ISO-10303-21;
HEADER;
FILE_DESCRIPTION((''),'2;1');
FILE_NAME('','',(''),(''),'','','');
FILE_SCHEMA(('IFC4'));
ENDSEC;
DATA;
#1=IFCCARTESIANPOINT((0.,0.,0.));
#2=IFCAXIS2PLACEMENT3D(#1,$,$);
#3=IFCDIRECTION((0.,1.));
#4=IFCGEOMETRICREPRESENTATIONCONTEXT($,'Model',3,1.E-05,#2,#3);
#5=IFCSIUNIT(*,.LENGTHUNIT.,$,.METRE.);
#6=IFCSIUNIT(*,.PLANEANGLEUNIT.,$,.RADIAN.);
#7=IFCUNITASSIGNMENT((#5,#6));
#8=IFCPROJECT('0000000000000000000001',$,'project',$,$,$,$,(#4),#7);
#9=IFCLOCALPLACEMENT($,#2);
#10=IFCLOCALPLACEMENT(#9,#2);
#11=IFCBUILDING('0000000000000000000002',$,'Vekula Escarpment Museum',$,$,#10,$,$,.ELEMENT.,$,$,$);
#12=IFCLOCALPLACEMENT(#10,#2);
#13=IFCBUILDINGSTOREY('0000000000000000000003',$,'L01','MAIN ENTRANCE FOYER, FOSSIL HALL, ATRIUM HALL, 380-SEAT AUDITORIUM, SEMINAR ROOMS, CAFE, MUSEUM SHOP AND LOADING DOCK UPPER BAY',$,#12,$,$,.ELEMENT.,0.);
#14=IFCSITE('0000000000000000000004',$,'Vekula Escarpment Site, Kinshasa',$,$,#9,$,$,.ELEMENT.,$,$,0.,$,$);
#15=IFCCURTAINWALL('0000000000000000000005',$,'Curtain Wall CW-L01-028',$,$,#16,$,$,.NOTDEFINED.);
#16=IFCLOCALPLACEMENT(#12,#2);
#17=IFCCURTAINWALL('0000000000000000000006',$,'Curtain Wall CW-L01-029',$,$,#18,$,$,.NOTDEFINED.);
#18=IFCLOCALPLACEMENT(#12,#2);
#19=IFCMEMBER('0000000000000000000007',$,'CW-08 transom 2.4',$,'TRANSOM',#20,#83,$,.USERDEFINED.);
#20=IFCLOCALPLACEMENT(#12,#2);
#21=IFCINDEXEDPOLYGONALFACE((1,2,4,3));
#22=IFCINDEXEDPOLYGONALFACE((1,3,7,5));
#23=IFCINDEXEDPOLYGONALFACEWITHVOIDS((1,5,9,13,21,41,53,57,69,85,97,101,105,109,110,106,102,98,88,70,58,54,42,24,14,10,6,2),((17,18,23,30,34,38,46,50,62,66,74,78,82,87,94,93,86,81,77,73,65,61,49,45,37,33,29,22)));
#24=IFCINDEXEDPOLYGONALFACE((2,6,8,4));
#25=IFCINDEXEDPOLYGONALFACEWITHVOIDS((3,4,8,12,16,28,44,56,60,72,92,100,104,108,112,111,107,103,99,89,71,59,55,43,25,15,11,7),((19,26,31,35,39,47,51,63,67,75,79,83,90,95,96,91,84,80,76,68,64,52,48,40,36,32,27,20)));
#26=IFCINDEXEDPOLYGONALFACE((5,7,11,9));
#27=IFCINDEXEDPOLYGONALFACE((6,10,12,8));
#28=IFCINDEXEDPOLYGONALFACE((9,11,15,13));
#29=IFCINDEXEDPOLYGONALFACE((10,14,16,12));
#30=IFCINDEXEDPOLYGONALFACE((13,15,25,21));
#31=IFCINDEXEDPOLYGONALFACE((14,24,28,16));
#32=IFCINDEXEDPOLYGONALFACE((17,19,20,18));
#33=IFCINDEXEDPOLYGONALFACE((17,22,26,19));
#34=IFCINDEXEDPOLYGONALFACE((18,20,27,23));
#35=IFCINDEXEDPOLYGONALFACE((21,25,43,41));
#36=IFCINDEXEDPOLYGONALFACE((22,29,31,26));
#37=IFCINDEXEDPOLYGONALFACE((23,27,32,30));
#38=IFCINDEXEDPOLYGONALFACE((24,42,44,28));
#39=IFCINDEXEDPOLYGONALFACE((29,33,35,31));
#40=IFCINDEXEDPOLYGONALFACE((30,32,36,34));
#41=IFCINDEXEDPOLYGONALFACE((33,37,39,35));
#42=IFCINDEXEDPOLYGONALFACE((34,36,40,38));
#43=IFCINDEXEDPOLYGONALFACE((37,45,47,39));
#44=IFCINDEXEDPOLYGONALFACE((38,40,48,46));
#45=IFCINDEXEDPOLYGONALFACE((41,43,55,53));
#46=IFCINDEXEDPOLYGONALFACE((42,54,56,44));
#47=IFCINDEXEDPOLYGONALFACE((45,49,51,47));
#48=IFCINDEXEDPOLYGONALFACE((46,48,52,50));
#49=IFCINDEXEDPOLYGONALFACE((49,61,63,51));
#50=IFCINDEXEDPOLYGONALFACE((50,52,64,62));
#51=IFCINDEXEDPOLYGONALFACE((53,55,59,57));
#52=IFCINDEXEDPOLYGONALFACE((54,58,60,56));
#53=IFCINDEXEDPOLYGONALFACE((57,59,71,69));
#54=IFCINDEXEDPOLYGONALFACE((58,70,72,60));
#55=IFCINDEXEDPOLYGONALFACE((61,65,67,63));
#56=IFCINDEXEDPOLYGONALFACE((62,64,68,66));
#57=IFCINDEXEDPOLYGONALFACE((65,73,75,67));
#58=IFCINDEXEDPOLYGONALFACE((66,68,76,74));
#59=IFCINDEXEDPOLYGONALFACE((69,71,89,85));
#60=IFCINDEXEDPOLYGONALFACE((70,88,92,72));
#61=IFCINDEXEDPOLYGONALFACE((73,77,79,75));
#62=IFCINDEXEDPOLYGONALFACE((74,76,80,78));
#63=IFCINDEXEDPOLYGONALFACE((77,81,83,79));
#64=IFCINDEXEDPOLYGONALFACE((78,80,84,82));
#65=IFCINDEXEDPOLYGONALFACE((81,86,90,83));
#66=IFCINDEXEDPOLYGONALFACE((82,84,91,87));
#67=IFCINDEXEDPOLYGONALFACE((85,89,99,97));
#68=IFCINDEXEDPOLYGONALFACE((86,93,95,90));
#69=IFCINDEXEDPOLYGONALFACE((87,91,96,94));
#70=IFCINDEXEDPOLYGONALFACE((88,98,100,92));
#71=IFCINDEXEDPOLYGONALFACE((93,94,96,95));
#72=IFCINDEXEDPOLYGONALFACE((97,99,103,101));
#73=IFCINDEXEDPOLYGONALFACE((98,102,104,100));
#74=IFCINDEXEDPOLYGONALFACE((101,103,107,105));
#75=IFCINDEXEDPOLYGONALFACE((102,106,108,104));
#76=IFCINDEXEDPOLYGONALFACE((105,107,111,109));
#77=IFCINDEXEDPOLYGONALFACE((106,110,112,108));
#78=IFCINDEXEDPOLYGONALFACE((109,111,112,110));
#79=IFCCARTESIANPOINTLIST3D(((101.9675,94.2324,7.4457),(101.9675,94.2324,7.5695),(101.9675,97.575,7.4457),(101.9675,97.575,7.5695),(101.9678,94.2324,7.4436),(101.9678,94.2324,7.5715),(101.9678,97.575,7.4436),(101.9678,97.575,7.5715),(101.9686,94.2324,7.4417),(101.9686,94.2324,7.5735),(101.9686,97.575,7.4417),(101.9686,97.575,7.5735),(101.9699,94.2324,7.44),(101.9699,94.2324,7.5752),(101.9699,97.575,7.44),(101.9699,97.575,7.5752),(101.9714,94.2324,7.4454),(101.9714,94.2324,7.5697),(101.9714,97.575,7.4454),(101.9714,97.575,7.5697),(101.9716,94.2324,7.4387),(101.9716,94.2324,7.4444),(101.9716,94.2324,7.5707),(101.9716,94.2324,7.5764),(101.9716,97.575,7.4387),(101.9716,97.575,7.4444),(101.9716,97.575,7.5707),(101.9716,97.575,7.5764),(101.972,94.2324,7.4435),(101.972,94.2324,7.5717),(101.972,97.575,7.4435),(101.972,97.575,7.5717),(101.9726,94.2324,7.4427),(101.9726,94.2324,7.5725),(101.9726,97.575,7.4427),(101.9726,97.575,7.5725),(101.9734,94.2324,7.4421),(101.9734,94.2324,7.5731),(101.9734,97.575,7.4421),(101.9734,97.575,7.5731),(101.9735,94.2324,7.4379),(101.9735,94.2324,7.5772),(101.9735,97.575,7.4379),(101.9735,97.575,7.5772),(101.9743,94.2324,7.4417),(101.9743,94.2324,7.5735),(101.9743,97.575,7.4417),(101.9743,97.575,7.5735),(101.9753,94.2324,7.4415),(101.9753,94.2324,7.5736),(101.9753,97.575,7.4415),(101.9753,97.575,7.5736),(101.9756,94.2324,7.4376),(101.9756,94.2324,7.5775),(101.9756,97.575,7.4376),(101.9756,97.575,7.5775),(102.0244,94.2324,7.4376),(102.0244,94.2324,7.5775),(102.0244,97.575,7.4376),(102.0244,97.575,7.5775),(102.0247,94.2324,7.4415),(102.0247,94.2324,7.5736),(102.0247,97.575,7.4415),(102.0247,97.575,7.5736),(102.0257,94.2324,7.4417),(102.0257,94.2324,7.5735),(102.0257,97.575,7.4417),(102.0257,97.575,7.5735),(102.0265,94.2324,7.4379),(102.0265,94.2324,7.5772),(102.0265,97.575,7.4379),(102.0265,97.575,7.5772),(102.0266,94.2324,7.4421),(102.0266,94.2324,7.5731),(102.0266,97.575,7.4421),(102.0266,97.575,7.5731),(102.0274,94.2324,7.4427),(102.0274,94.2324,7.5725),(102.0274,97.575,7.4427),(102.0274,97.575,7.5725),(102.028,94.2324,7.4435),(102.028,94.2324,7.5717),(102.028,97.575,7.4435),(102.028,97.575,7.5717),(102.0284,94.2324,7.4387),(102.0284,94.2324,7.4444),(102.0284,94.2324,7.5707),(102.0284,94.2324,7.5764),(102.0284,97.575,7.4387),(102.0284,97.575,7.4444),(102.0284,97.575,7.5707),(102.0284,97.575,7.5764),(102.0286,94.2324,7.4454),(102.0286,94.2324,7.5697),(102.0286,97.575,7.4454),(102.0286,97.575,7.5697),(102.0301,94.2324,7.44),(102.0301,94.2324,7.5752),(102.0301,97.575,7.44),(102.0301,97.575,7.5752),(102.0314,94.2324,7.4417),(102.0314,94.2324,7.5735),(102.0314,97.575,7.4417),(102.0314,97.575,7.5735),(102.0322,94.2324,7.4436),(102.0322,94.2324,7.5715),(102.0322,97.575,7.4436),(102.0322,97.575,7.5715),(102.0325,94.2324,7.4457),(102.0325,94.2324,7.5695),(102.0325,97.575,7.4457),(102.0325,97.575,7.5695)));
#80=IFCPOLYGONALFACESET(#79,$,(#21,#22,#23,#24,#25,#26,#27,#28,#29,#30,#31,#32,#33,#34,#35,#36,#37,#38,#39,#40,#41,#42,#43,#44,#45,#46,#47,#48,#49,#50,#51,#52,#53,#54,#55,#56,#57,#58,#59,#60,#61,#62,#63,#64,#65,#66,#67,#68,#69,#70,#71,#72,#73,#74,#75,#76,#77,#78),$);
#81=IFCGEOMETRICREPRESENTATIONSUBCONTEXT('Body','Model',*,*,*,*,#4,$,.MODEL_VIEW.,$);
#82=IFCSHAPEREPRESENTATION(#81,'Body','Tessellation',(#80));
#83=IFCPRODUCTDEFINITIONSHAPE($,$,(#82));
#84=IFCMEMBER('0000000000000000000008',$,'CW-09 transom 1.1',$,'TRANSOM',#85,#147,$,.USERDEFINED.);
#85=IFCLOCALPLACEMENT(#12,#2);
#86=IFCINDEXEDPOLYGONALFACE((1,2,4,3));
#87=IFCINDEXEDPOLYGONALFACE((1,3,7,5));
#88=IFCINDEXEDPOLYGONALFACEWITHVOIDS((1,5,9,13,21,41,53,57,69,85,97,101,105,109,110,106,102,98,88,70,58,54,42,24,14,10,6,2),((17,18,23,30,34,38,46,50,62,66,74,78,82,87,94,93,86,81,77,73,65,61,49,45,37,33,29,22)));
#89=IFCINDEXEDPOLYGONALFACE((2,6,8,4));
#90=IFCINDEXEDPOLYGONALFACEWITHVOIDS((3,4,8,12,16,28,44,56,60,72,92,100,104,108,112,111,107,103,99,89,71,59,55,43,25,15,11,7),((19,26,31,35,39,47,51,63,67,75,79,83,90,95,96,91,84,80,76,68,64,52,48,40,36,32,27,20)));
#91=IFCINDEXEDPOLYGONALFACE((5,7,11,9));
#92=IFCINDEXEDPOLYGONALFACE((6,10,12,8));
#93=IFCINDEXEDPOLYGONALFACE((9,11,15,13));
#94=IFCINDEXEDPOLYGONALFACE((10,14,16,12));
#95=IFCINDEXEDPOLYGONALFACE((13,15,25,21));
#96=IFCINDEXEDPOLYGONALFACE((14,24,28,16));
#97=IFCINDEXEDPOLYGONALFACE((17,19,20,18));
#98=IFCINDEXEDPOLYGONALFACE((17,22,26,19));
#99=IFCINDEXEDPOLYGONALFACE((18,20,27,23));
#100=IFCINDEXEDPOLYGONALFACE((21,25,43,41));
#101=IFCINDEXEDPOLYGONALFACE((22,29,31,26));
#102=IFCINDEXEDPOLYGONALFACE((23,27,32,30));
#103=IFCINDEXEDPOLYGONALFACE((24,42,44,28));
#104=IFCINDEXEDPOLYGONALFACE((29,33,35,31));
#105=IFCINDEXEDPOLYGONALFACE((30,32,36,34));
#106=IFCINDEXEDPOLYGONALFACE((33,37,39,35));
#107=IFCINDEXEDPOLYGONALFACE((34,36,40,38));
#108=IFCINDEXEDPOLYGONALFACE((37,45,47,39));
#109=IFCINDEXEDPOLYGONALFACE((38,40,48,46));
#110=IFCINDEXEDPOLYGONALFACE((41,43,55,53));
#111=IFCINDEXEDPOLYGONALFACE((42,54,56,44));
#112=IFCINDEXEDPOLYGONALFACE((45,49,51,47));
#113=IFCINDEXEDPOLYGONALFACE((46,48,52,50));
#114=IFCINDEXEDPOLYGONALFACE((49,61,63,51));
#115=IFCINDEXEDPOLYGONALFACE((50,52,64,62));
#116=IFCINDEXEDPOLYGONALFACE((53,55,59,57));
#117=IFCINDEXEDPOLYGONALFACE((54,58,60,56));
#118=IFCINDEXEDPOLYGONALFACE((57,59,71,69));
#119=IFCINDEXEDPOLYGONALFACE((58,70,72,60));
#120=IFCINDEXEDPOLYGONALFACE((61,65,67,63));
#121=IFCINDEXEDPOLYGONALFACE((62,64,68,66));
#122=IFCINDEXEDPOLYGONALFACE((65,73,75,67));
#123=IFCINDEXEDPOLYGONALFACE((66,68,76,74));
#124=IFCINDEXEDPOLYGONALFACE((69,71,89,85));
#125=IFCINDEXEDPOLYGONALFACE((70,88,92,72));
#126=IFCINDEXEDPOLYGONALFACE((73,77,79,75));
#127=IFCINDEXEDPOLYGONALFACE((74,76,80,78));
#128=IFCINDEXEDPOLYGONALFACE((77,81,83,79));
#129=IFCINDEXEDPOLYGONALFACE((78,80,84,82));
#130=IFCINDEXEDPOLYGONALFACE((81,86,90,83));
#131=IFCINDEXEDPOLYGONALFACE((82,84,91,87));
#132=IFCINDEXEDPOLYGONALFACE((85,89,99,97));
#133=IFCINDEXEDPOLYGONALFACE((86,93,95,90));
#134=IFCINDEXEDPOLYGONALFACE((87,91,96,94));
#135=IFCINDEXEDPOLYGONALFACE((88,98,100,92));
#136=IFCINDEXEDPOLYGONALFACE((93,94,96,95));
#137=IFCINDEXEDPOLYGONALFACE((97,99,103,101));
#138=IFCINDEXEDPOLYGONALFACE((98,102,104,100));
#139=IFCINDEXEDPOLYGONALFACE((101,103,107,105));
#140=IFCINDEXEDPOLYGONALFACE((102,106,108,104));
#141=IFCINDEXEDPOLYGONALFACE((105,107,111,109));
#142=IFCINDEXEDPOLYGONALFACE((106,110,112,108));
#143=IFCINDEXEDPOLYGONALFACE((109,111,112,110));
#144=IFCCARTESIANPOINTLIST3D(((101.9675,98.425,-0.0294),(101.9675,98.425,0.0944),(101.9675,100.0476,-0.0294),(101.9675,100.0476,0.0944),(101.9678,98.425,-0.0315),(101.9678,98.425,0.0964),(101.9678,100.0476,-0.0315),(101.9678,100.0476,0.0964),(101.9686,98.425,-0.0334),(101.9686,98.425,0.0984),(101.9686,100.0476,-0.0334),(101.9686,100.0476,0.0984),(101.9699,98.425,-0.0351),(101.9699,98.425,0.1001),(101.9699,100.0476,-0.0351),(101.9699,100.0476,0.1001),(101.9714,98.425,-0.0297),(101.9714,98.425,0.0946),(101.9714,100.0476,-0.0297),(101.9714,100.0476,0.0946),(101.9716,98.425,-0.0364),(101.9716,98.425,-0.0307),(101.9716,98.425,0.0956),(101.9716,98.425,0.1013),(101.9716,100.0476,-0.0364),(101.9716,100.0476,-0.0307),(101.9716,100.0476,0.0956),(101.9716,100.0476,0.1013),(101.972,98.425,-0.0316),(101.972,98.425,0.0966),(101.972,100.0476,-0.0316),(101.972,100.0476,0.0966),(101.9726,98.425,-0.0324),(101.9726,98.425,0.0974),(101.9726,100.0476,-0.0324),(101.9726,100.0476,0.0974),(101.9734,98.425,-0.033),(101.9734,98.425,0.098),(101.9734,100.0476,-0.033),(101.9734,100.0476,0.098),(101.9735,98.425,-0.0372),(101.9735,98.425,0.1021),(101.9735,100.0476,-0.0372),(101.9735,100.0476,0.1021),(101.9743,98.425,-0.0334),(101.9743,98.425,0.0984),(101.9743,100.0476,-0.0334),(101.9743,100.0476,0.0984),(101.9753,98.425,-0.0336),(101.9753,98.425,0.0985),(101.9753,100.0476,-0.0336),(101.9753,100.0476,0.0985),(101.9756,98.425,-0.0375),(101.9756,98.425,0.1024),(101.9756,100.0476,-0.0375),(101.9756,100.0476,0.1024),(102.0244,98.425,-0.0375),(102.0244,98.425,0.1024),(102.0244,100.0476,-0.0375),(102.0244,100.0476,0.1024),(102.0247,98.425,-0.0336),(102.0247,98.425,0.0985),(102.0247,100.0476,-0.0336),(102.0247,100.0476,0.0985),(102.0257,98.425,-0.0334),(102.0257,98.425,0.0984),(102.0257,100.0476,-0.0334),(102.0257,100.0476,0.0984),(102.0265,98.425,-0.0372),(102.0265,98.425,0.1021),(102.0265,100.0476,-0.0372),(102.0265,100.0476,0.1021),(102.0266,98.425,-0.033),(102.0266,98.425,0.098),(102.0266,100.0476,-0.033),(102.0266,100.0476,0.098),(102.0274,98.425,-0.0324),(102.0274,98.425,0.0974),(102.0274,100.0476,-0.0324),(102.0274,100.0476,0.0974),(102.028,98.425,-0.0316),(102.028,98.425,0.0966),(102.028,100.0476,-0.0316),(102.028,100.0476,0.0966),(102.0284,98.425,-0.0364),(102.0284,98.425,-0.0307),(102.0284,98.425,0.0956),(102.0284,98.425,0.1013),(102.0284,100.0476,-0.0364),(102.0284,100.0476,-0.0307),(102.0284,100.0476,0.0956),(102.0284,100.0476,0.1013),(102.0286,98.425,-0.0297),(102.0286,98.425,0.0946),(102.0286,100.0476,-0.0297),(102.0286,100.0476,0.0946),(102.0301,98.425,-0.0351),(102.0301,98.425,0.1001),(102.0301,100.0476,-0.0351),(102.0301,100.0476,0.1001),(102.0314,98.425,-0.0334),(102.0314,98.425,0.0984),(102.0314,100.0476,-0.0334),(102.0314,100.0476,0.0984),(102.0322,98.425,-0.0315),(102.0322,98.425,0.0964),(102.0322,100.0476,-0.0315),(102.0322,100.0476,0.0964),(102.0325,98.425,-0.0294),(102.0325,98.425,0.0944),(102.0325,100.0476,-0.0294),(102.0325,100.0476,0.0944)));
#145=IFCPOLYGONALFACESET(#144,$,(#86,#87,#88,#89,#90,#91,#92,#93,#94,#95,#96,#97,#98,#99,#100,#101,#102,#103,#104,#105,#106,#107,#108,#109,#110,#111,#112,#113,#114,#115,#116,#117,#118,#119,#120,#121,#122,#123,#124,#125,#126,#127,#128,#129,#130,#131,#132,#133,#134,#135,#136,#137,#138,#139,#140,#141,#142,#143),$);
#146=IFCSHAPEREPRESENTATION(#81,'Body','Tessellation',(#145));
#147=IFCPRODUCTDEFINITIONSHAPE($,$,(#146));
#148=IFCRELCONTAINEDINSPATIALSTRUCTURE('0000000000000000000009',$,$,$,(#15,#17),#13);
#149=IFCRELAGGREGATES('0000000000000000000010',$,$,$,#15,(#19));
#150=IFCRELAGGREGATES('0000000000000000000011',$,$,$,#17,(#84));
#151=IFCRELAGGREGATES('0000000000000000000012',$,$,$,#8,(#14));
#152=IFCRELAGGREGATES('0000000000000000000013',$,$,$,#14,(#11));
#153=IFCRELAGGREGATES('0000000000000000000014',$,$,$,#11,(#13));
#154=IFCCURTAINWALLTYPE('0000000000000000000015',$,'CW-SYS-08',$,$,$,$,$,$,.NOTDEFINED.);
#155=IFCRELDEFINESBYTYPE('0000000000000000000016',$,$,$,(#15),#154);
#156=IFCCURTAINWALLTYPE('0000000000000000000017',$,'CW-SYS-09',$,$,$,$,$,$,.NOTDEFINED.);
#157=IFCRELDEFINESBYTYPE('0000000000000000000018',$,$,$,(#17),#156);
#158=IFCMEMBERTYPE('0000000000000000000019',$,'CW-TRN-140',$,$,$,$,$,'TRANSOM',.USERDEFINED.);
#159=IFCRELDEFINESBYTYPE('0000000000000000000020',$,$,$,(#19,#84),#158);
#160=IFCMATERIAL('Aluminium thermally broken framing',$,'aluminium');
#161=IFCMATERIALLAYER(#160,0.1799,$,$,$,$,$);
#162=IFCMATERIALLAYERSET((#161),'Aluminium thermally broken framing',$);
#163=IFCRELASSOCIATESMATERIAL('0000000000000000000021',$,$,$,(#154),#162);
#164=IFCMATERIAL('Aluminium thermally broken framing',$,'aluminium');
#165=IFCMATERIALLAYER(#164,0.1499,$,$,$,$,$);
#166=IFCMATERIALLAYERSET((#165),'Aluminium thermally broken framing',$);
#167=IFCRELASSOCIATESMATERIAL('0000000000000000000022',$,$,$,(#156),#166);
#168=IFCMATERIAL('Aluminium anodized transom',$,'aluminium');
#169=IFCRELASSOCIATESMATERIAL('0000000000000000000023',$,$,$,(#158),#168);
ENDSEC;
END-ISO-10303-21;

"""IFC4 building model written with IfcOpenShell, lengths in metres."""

from ifc_helpers import new_model, si_unit, direction, frame, origin, origin_2d, place, context, subcontext, project, spatial, hollow_rectangle, extrude, material, layer, layer_set, material_profile, profile_set, type_object, element, aggregate, save


model = new_model("IFC4")

# Units and contexts
model_context = context("Model", 3, precision=1e-05, world=origin(), true_north=direction((0.0, 1.0)))
body_context = subcontext(model_context, "Body", "Model", "MODEL_VIEW")
ifc_project = project(units=[si_unit("LENGTHUNIT", "METRE"), si_unit("PLANEANGLEUNIT", "RADIAN")], contexts=[model_context])

# Site, building, storey
site_placement = place(None, origin())
site = spatial("IfcSite", under=ifc_project, at=site_placement, Name="Vekula Escarpment Site, Kinshasa", CompositionType="ELEMENT", RefElevation=0.0)
building_placement = place(site_placement, origin())
building = spatial("IfcBuilding", under=site, at=building_placement, Name="Vekula Escarpment Museum", CompositionType="ELEMENT")
storey_placement = place(building_placement, origin())
storey = spatial("IfcBuildingStorey", under=building, at=storey_placement, Name="L01", Description="MAIN ENTRANCE FOYER, FOSSIL HALL, ATRIUM HALL, 380-SEAT AUDITORIUM, SEMINAR ROOMS, CAFE, MUSEUM SHOP AND LOADING DOCK UPPER BAY", CompositionType="ELEMENT", Elevation=0.0)

# Curtain walls
ifc_material_1 = material(Name="Aluminium thermally broken framing", Category="aluminium")
ifc_layer_1 = layer(ifc_material_1, 0.1799)
ifc_layer_set_1 = layer_set([ifc_layer_1], Name="Aluminium thermally broken framing")
curtain_wall_type_1 = type_object("IfcCurtainWallType", Name="CW-SYS-08", PredefinedType="NOTDEFINED", material=ifc_layer_set_1)
curtain_wall_1_placement = place(storey_placement, origin())
curtain_wall_1 = element("IfcCurtainWall", 1, at=curtain_wall_1_placement, inside=storey, type_object=curtain_wall_type_1, Name="Curtain Wall CW-L01-028", PredefinedType="NOTDEFINED")
ifc_material_2 = material(Name="Aluminium thermally broken framing", Category="aluminium")
ifc_layer_2 = layer(ifc_material_2, 0.1499)
ifc_layer_set_2 = layer_set([ifc_layer_2], Name="Aluminium thermally broken framing")
curtain_wall_type_2 = type_object("IfcCurtainWallType", Name="CW-SYS-09", PredefinedType="NOTDEFINED", material=ifc_layer_set_2)
curtain_wall_2_placement = place(storey_placement, origin())
curtain_wall_2 = element("IfcCurtainWall", 2, at=curtain_wall_2_placement, inside=storey, type_object=curtain_wall_type_2, Name="Curtain Wall CW-L01-029", PredefinedType="NOTDEFINED")

# Members
ifc_material_3 = material(Name="Aluminium anodized transom", Category="aluminium")
ifc_material_profile_1 = material_profile(ifc_material_3, hollow_rectangle(XDim=0.0649, YDim=0.1399, WallThickness=0.0039, InnerFilletRadius=0.0039, OuterFilletRadius=0.0081, at=origin_2d()), Name="ALU 140x65x4")
ifc_profile_set_1 = profile_set([ifc_material_profile_1], Name="Aluminium anodized transom")
member_type_1 = type_object("IfcMemberType", Name="CW-TRN-140", ElementType="TRANSOM", PredefinedType="USERDEFINED", material=ifc_profile_set_1)
member_1_placement = place(storey_placement, frame((102.0, 94.2324, 7.5076), z_axis=(0.0, 1.0, 0.0), x_axis=(-1.0, 0.0, 0.0)))
member_1 = element("IfcMember", 3, at=member_1_placement, type_object=member_type_1, Name="CW-08 transom 2.4", ObjectType="TRANSOM", PredefinedType="USERDEFINED", context=body_context, shape_type="SweptSolid", body=[
    extrude(hollow_rectangle(XDim=0.0649, YDim=0.1399, WallThickness=0.0039, InnerFilletRadius=0.0039, OuterFilletRadius=0.0081, at=origin_2d()), origin(), (0.0, 0.0, 1.0), 3.3425),
])
member_2_placement = place(storey_placement, frame((102.0, 98.425, 0.0325), z_axis=(0.0, 1.0, 0.0), x_axis=(-1.0, 0.0, 0.0)))
member_2 = element("IfcMember", 4, at=member_2_placement, type_object=member_type_1, Name="CW-09 transom 1.1", ObjectType="TRANSOM", PredefinedType="USERDEFINED", context=body_context, shape_type="SweptSolid", body=[
    extrude(hollow_rectangle(XDim=0.0649, YDim=0.1399, WallThickness=0.0039, InnerFilletRadius=0.0039, OuterFilletRadius=0.0081, at=origin_2d()), origin(), (0.0, 0.0, 1.0), 1.6226),
])

aggregate(curtain_wall_1, [member_1])
aggregate(curtain_wall_2, [member_2])

save(model, "model.ifc")
